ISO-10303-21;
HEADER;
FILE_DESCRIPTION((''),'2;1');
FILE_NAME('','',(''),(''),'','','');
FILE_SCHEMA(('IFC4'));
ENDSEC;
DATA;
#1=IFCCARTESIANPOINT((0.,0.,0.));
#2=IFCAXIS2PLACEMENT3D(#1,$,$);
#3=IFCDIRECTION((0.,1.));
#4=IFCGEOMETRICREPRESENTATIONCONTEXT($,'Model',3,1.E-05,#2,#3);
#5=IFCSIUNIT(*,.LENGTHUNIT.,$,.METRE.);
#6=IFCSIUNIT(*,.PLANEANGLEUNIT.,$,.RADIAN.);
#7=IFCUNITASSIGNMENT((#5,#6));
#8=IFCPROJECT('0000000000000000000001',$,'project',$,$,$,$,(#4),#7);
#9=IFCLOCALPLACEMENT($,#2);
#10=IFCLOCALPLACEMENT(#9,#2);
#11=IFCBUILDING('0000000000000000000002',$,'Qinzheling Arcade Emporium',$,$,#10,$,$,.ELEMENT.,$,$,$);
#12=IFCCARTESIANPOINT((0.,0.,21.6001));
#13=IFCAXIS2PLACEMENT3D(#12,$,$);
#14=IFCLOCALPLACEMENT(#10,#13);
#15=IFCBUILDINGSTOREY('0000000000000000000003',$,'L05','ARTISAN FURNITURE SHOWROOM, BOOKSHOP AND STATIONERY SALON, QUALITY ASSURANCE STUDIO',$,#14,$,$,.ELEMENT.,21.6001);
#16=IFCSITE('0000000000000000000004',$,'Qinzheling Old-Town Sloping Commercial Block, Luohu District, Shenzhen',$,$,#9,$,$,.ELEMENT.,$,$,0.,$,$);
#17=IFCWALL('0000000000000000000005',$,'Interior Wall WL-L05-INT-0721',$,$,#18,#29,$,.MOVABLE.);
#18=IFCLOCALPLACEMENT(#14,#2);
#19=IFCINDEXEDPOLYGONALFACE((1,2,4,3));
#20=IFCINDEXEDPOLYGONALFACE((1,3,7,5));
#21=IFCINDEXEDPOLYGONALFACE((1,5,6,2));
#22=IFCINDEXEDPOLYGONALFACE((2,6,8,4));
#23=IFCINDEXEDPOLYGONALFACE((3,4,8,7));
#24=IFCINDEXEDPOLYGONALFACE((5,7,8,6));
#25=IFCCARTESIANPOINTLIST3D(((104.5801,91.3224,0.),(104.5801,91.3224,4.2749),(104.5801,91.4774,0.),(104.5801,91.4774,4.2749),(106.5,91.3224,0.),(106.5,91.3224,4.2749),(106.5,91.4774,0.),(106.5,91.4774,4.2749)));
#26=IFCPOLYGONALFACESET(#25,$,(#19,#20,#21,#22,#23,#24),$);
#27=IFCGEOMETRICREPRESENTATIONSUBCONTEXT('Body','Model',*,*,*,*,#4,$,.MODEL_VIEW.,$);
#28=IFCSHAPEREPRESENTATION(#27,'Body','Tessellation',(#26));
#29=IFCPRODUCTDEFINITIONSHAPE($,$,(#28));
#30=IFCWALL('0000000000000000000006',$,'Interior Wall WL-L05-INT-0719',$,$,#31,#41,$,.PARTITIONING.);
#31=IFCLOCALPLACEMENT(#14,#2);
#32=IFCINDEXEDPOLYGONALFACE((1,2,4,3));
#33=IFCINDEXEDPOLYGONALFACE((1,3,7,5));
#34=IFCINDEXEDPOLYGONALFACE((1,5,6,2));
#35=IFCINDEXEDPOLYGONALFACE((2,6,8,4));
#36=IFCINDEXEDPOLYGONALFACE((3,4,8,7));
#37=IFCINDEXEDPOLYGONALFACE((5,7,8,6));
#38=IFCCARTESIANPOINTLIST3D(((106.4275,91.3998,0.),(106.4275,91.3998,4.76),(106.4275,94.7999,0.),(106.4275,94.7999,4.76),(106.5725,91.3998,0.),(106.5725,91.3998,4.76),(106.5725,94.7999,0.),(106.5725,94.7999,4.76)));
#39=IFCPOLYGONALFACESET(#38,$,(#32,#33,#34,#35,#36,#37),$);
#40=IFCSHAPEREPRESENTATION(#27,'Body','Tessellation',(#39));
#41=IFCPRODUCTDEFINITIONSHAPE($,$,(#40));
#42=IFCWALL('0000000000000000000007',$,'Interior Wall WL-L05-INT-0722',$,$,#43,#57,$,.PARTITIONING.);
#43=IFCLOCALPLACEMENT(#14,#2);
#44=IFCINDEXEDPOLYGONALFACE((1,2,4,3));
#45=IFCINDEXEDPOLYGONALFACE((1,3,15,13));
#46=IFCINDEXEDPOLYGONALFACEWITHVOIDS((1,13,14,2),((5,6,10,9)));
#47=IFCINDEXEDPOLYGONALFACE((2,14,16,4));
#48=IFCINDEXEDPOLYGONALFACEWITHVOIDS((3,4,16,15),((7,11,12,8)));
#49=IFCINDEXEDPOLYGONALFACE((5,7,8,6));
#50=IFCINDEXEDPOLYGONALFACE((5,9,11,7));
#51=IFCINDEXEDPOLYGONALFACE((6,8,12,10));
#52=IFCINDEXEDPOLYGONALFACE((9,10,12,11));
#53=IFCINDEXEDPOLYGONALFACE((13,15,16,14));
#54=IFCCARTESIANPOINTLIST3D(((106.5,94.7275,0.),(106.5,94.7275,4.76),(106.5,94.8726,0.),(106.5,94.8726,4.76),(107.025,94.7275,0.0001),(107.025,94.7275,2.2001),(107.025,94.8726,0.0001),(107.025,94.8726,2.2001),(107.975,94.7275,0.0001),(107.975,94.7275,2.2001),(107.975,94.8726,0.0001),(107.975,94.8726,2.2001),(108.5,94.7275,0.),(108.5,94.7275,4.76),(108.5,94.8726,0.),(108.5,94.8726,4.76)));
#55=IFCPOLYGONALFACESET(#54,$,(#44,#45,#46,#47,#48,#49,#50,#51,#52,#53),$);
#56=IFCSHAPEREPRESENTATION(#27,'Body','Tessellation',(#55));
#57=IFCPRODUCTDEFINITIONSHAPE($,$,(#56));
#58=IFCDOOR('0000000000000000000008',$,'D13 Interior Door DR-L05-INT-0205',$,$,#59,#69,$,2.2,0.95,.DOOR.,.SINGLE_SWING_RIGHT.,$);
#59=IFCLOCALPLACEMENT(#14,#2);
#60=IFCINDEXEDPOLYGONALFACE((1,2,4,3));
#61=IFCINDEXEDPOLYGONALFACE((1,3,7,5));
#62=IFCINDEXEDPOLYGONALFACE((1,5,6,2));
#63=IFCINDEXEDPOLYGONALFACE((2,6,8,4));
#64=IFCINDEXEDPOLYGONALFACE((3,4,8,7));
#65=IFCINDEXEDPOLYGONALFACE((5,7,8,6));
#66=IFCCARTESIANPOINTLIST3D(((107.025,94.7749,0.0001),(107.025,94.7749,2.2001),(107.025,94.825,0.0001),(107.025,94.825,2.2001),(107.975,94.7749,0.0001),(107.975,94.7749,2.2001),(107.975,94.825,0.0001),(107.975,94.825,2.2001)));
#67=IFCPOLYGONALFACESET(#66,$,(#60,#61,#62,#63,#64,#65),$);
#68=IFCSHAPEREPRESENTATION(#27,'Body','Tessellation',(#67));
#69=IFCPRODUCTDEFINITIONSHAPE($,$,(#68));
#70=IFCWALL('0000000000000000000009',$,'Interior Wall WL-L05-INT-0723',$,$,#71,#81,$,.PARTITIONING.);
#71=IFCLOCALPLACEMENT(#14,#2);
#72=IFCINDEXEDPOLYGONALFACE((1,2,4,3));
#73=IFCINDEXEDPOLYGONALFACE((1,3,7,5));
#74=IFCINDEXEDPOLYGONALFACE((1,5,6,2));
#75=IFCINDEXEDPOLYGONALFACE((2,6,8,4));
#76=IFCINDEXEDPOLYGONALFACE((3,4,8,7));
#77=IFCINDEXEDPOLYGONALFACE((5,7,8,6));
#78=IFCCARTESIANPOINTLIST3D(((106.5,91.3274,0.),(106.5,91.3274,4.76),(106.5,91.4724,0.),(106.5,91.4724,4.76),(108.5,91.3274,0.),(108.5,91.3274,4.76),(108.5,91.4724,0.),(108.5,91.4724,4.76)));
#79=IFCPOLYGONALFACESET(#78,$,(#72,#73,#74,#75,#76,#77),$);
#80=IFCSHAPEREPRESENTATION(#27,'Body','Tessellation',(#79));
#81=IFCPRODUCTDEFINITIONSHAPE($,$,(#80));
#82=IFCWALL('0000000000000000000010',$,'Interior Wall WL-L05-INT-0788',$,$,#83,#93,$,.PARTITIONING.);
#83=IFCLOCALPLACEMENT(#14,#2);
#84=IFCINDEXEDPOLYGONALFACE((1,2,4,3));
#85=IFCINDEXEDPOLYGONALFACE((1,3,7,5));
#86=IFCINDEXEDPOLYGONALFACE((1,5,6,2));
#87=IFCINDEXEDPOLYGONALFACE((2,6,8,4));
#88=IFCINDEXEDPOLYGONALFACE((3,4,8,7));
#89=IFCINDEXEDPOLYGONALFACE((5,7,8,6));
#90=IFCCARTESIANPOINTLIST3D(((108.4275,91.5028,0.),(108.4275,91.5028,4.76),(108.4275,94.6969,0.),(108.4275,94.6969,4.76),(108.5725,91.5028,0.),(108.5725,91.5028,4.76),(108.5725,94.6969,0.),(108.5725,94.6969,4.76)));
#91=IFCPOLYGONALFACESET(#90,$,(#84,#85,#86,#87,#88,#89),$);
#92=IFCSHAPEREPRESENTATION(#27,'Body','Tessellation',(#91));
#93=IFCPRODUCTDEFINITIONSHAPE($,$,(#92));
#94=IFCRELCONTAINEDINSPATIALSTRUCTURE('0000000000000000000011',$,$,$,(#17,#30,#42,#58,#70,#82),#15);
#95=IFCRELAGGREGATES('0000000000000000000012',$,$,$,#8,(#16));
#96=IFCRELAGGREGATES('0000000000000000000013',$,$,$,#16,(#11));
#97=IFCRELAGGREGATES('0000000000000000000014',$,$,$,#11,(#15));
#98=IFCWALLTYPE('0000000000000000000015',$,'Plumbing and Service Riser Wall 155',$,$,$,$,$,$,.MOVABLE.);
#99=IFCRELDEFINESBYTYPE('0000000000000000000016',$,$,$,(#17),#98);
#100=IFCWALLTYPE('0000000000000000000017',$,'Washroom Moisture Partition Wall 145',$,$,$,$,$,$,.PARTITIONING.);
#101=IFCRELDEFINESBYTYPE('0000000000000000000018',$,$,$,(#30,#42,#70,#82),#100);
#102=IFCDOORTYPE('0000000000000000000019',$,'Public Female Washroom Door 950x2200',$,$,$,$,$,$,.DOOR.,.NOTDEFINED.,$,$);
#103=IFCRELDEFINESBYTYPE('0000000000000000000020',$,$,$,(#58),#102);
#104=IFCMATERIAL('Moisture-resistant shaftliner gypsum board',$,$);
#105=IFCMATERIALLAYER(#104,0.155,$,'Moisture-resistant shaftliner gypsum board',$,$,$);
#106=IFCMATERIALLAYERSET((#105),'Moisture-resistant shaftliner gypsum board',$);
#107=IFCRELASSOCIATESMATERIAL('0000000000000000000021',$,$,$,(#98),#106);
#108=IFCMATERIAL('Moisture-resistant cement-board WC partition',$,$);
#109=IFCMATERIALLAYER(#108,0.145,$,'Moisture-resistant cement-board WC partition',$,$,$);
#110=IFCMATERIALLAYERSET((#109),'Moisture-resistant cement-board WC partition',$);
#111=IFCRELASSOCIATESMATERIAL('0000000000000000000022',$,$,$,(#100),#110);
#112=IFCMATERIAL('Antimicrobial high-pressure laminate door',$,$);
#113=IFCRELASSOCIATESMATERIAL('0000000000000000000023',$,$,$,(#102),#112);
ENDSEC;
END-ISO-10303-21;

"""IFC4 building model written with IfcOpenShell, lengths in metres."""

from ifc_helpers import new_model, si_unit, direction, frame, frame_2d, origin, place, context, subcontext, project, spatial, rectangle, extrude, material, layer, layer_set, type_object, element, fill, save


model = new_model("IFC4")

# Units and contexts
model_context = context("Model", 3, precision=1e-05, world=origin(), true_north=direction((0.0, 1.0)))
body_context = subcontext(model_context, "Body", "Model", "MODEL_VIEW")
ifc_project = project(units=[si_unit("LENGTHUNIT", "METRE"), si_unit("PLANEANGLEUNIT", "RADIAN")], contexts=[model_context])

# Site, building, storey
site_placement = place(None, origin())
site = spatial("IfcSite", under=ifc_project, at=site_placement, Name="Qinzheling Old-Town Sloping Commercial Block, Luohu District, Shenzhen", CompositionType="ELEMENT", RefElevation=0.0)
building_placement = place(site_placement, origin())
building = spatial("IfcBuilding", under=site, at=building_placement, Name="Qinzheling Arcade Emporium", CompositionType="ELEMENT")
storey_placement = place(building_placement, frame((0.0, 0.0, 21.6001)))
storey = spatial("IfcBuildingStorey", under=building, at=storey_placement, Name="L05", Description="ARTISAN FURNITURE SHOWROOM, BOOKSHOP AND STATIONERY SALON, QUALITY ASSURANCE STUDIO", CompositionType="ELEMENT", Elevation=21.6001)

# Walls
ifc_material_1 = material(Name="Moisture-resistant shaftliner gypsum board")
ifc_layer_1 = layer(ifc_material_1, 0.155, Name="Moisture-resistant shaftliner gypsum board")
ifc_layer_set_1 = layer_set([ifc_layer_1], Name="Moisture-resistant shaftliner gypsum board")
wall_type_1 = type_object("IfcWallType", Name="Plumbing and Service Riser Wall 155", PredefinedType="MOVABLE", material=ifc_layer_set_1)
wall_1_placement = place(storey_placement, frame((106.5, 91.3999, 0.0), z_axis=(0.0, 0.0, 1.0), x_axis=(-1.0, 0.0, 0.0)))
element("IfcWall", 1, at=wall_1_placement, inside=storey, type_object=wall_type_1, Name="Interior Wall WL-L05-INT-0721", PredefinedType="MOVABLE", context=body_context, shape_type="SweptSolid", body=[
    extrude(rectangle(XDim=1.9199, YDim=0.155, at=frame_2d((0.96, 0.0))), origin(), (0.0, 0.0, 1.0), 4.2749),
])
ifc_material_2 = material(Name="Moisture-resistant cement-board WC partition")
ifc_layer_2 = layer(ifc_material_2, 0.145, Name="Moisture-resistant cement-board WC partition")
ifc_layer_set_2 = layer_set([ifc_layer_2], Name="Moisture-resistant cement-board WC partition")
wall_type_2 = type_object("IfcWallType", Name="Washroom Moisture Partition Wall 145", PredefinedType="PARTITIONING", material=ifc_layer_set_2)
wall_2_placement = place(storey_placement, frame((106.5, 94.8, 0.0), z_axis=(0.0, 0.0, 1.0), x_axis=(0.0, -1.0, 0.0)))
element("IfcWall", 2, at=wall_2_placement, inside=storey, type_object=wall_type_2, Name="Interior Wall WL-L05-INT-0719", PredefinedType="PARTITIONING", context=body_context, shape_type="SweptSolid", body=[
    extrude(rectangle(XDim=3.4001, YDim=0.145, at=frame_2d((1.7002, 0.0))), origin(), (0.0, 0.0, 1.0), 4.76),
])

# Wall, opening, door
ifc_material_3 = material(Name="Antimicrobial high-pressure laminate door")
wall_3_placement = place(storey_placement, frame((106.5, 94.8, 0.0), z_axis=(0.0, 0.0, 1.0), x_axis=(1.0, 0.0, 0.0)))
wall_3 = element("IfcWall", 3, at=wall_3_placement, inside=storey, type_object=wall_type_2, Name="Interior Wall WL-L05-INT-0722", PredefinedType="PARTITIONING", context=body_context, shape_type="SweptSolid", body=[
    extrude(rectangle(XDim=2.0, YDim=0.145, at=frame_2d((1.0, 0.0))), origin(), (0.0, 0.0, 1.0), 4.76),
])
opening_1_placement = place(wall_3_placement, frame((0.5249, 0.0, 0.0)))
opening_1 = element("IfcOpeningElement", 4, at=opening_1_placement, cuts=wall_3, PredefinedType="OPENING", context=body_context, shape_type="SweptSolid", body=[
    extrude(rectangle(XDim=0.95, YDim=2.2, at=frame_2d((0.4751, 1.1001))), frame((0.0, 0.0825, 0.0), z_axis=(0.0, -1.0, 0.0), x_axis=(1.0, 0.0, 0.0)), (0.0, 0.0, 1.0), 0.165),
])
door_type_1 = type_object("IfcDoorType", Name="Public Female Washroom Door 950x2200", OperationType="NOTDEFINED", PredefinedType="DOOR", material=ifc_material_3)
door_1_placement = place(opening_1_placement, origin())
door_1 = element("IfcDoor", 5, at=door_1_placement, inside=storey, type_object=door_type_1, Name="D13 Interior Door DR-L05-INT-0205", OperationType="SINGLE_SWING_RIGHT", OverallHeight=2.2, OverallWidth=0.95, PredefinedType="DOOR", context=body_context, shape_type="SweptSolid", body=[
    extrude(rectangle(XDim=0.95, YDim=2.2, at=frame_2d((0.4751, 1.1001))), frame((0.0, 0.0249, 0.0), z_axis=(0.0, -1.0, 0.0), x_axis=(1.0, 0.0, 0.0)), (0.0, 0.0, 1.0), 0.05),
])
fill(opening_1, door_1)

# Walls
wall_4_placement = place(storey_placement, frame((108.5, 91.3999, 0.0), z_axis=(0.0, 0.0, 1.0), x_axis=(-1.0, 0.0, 0.0)))
element("IfcWall", 6, at=wall_4_placement, inside=storey, type_object=wall_type_2, Name="Interior Wall WL-L05-INT-0723", PredefinedType="PARTITIONING", context=body_context, shape_type="SweptSolid", body=[
    extrude(rectangle(XDim=2.0, YDim=0.145, at=frame_2d((1.0, 0.0))), origin(), (0.0, 0.0, 1.0), 4.76),
])
wall_5_placement = place(storey_placement, frame((108.5, 94.697, 0.0), z_axis=(0.0, 0.0, 1.0), x_axis=(0.0, -1.0, 0.0)))
element("IfcWall", 7, at=wall_5_placement, inside=storey, type_object=wall_type_2, Name="Interior Wall WL-L05-INT-0788", PredefinedType="PARTITIONING", context=body_context, shape_type="SweptSolid", body=[
    extrude(rectangle(XDim=3.1941, YDim=0.145, at=frame_2d((1.5972, 0.0))), origin(), (0.0, 0.0, 1.0), 4.76),
])

save(model, "model.ifc")
